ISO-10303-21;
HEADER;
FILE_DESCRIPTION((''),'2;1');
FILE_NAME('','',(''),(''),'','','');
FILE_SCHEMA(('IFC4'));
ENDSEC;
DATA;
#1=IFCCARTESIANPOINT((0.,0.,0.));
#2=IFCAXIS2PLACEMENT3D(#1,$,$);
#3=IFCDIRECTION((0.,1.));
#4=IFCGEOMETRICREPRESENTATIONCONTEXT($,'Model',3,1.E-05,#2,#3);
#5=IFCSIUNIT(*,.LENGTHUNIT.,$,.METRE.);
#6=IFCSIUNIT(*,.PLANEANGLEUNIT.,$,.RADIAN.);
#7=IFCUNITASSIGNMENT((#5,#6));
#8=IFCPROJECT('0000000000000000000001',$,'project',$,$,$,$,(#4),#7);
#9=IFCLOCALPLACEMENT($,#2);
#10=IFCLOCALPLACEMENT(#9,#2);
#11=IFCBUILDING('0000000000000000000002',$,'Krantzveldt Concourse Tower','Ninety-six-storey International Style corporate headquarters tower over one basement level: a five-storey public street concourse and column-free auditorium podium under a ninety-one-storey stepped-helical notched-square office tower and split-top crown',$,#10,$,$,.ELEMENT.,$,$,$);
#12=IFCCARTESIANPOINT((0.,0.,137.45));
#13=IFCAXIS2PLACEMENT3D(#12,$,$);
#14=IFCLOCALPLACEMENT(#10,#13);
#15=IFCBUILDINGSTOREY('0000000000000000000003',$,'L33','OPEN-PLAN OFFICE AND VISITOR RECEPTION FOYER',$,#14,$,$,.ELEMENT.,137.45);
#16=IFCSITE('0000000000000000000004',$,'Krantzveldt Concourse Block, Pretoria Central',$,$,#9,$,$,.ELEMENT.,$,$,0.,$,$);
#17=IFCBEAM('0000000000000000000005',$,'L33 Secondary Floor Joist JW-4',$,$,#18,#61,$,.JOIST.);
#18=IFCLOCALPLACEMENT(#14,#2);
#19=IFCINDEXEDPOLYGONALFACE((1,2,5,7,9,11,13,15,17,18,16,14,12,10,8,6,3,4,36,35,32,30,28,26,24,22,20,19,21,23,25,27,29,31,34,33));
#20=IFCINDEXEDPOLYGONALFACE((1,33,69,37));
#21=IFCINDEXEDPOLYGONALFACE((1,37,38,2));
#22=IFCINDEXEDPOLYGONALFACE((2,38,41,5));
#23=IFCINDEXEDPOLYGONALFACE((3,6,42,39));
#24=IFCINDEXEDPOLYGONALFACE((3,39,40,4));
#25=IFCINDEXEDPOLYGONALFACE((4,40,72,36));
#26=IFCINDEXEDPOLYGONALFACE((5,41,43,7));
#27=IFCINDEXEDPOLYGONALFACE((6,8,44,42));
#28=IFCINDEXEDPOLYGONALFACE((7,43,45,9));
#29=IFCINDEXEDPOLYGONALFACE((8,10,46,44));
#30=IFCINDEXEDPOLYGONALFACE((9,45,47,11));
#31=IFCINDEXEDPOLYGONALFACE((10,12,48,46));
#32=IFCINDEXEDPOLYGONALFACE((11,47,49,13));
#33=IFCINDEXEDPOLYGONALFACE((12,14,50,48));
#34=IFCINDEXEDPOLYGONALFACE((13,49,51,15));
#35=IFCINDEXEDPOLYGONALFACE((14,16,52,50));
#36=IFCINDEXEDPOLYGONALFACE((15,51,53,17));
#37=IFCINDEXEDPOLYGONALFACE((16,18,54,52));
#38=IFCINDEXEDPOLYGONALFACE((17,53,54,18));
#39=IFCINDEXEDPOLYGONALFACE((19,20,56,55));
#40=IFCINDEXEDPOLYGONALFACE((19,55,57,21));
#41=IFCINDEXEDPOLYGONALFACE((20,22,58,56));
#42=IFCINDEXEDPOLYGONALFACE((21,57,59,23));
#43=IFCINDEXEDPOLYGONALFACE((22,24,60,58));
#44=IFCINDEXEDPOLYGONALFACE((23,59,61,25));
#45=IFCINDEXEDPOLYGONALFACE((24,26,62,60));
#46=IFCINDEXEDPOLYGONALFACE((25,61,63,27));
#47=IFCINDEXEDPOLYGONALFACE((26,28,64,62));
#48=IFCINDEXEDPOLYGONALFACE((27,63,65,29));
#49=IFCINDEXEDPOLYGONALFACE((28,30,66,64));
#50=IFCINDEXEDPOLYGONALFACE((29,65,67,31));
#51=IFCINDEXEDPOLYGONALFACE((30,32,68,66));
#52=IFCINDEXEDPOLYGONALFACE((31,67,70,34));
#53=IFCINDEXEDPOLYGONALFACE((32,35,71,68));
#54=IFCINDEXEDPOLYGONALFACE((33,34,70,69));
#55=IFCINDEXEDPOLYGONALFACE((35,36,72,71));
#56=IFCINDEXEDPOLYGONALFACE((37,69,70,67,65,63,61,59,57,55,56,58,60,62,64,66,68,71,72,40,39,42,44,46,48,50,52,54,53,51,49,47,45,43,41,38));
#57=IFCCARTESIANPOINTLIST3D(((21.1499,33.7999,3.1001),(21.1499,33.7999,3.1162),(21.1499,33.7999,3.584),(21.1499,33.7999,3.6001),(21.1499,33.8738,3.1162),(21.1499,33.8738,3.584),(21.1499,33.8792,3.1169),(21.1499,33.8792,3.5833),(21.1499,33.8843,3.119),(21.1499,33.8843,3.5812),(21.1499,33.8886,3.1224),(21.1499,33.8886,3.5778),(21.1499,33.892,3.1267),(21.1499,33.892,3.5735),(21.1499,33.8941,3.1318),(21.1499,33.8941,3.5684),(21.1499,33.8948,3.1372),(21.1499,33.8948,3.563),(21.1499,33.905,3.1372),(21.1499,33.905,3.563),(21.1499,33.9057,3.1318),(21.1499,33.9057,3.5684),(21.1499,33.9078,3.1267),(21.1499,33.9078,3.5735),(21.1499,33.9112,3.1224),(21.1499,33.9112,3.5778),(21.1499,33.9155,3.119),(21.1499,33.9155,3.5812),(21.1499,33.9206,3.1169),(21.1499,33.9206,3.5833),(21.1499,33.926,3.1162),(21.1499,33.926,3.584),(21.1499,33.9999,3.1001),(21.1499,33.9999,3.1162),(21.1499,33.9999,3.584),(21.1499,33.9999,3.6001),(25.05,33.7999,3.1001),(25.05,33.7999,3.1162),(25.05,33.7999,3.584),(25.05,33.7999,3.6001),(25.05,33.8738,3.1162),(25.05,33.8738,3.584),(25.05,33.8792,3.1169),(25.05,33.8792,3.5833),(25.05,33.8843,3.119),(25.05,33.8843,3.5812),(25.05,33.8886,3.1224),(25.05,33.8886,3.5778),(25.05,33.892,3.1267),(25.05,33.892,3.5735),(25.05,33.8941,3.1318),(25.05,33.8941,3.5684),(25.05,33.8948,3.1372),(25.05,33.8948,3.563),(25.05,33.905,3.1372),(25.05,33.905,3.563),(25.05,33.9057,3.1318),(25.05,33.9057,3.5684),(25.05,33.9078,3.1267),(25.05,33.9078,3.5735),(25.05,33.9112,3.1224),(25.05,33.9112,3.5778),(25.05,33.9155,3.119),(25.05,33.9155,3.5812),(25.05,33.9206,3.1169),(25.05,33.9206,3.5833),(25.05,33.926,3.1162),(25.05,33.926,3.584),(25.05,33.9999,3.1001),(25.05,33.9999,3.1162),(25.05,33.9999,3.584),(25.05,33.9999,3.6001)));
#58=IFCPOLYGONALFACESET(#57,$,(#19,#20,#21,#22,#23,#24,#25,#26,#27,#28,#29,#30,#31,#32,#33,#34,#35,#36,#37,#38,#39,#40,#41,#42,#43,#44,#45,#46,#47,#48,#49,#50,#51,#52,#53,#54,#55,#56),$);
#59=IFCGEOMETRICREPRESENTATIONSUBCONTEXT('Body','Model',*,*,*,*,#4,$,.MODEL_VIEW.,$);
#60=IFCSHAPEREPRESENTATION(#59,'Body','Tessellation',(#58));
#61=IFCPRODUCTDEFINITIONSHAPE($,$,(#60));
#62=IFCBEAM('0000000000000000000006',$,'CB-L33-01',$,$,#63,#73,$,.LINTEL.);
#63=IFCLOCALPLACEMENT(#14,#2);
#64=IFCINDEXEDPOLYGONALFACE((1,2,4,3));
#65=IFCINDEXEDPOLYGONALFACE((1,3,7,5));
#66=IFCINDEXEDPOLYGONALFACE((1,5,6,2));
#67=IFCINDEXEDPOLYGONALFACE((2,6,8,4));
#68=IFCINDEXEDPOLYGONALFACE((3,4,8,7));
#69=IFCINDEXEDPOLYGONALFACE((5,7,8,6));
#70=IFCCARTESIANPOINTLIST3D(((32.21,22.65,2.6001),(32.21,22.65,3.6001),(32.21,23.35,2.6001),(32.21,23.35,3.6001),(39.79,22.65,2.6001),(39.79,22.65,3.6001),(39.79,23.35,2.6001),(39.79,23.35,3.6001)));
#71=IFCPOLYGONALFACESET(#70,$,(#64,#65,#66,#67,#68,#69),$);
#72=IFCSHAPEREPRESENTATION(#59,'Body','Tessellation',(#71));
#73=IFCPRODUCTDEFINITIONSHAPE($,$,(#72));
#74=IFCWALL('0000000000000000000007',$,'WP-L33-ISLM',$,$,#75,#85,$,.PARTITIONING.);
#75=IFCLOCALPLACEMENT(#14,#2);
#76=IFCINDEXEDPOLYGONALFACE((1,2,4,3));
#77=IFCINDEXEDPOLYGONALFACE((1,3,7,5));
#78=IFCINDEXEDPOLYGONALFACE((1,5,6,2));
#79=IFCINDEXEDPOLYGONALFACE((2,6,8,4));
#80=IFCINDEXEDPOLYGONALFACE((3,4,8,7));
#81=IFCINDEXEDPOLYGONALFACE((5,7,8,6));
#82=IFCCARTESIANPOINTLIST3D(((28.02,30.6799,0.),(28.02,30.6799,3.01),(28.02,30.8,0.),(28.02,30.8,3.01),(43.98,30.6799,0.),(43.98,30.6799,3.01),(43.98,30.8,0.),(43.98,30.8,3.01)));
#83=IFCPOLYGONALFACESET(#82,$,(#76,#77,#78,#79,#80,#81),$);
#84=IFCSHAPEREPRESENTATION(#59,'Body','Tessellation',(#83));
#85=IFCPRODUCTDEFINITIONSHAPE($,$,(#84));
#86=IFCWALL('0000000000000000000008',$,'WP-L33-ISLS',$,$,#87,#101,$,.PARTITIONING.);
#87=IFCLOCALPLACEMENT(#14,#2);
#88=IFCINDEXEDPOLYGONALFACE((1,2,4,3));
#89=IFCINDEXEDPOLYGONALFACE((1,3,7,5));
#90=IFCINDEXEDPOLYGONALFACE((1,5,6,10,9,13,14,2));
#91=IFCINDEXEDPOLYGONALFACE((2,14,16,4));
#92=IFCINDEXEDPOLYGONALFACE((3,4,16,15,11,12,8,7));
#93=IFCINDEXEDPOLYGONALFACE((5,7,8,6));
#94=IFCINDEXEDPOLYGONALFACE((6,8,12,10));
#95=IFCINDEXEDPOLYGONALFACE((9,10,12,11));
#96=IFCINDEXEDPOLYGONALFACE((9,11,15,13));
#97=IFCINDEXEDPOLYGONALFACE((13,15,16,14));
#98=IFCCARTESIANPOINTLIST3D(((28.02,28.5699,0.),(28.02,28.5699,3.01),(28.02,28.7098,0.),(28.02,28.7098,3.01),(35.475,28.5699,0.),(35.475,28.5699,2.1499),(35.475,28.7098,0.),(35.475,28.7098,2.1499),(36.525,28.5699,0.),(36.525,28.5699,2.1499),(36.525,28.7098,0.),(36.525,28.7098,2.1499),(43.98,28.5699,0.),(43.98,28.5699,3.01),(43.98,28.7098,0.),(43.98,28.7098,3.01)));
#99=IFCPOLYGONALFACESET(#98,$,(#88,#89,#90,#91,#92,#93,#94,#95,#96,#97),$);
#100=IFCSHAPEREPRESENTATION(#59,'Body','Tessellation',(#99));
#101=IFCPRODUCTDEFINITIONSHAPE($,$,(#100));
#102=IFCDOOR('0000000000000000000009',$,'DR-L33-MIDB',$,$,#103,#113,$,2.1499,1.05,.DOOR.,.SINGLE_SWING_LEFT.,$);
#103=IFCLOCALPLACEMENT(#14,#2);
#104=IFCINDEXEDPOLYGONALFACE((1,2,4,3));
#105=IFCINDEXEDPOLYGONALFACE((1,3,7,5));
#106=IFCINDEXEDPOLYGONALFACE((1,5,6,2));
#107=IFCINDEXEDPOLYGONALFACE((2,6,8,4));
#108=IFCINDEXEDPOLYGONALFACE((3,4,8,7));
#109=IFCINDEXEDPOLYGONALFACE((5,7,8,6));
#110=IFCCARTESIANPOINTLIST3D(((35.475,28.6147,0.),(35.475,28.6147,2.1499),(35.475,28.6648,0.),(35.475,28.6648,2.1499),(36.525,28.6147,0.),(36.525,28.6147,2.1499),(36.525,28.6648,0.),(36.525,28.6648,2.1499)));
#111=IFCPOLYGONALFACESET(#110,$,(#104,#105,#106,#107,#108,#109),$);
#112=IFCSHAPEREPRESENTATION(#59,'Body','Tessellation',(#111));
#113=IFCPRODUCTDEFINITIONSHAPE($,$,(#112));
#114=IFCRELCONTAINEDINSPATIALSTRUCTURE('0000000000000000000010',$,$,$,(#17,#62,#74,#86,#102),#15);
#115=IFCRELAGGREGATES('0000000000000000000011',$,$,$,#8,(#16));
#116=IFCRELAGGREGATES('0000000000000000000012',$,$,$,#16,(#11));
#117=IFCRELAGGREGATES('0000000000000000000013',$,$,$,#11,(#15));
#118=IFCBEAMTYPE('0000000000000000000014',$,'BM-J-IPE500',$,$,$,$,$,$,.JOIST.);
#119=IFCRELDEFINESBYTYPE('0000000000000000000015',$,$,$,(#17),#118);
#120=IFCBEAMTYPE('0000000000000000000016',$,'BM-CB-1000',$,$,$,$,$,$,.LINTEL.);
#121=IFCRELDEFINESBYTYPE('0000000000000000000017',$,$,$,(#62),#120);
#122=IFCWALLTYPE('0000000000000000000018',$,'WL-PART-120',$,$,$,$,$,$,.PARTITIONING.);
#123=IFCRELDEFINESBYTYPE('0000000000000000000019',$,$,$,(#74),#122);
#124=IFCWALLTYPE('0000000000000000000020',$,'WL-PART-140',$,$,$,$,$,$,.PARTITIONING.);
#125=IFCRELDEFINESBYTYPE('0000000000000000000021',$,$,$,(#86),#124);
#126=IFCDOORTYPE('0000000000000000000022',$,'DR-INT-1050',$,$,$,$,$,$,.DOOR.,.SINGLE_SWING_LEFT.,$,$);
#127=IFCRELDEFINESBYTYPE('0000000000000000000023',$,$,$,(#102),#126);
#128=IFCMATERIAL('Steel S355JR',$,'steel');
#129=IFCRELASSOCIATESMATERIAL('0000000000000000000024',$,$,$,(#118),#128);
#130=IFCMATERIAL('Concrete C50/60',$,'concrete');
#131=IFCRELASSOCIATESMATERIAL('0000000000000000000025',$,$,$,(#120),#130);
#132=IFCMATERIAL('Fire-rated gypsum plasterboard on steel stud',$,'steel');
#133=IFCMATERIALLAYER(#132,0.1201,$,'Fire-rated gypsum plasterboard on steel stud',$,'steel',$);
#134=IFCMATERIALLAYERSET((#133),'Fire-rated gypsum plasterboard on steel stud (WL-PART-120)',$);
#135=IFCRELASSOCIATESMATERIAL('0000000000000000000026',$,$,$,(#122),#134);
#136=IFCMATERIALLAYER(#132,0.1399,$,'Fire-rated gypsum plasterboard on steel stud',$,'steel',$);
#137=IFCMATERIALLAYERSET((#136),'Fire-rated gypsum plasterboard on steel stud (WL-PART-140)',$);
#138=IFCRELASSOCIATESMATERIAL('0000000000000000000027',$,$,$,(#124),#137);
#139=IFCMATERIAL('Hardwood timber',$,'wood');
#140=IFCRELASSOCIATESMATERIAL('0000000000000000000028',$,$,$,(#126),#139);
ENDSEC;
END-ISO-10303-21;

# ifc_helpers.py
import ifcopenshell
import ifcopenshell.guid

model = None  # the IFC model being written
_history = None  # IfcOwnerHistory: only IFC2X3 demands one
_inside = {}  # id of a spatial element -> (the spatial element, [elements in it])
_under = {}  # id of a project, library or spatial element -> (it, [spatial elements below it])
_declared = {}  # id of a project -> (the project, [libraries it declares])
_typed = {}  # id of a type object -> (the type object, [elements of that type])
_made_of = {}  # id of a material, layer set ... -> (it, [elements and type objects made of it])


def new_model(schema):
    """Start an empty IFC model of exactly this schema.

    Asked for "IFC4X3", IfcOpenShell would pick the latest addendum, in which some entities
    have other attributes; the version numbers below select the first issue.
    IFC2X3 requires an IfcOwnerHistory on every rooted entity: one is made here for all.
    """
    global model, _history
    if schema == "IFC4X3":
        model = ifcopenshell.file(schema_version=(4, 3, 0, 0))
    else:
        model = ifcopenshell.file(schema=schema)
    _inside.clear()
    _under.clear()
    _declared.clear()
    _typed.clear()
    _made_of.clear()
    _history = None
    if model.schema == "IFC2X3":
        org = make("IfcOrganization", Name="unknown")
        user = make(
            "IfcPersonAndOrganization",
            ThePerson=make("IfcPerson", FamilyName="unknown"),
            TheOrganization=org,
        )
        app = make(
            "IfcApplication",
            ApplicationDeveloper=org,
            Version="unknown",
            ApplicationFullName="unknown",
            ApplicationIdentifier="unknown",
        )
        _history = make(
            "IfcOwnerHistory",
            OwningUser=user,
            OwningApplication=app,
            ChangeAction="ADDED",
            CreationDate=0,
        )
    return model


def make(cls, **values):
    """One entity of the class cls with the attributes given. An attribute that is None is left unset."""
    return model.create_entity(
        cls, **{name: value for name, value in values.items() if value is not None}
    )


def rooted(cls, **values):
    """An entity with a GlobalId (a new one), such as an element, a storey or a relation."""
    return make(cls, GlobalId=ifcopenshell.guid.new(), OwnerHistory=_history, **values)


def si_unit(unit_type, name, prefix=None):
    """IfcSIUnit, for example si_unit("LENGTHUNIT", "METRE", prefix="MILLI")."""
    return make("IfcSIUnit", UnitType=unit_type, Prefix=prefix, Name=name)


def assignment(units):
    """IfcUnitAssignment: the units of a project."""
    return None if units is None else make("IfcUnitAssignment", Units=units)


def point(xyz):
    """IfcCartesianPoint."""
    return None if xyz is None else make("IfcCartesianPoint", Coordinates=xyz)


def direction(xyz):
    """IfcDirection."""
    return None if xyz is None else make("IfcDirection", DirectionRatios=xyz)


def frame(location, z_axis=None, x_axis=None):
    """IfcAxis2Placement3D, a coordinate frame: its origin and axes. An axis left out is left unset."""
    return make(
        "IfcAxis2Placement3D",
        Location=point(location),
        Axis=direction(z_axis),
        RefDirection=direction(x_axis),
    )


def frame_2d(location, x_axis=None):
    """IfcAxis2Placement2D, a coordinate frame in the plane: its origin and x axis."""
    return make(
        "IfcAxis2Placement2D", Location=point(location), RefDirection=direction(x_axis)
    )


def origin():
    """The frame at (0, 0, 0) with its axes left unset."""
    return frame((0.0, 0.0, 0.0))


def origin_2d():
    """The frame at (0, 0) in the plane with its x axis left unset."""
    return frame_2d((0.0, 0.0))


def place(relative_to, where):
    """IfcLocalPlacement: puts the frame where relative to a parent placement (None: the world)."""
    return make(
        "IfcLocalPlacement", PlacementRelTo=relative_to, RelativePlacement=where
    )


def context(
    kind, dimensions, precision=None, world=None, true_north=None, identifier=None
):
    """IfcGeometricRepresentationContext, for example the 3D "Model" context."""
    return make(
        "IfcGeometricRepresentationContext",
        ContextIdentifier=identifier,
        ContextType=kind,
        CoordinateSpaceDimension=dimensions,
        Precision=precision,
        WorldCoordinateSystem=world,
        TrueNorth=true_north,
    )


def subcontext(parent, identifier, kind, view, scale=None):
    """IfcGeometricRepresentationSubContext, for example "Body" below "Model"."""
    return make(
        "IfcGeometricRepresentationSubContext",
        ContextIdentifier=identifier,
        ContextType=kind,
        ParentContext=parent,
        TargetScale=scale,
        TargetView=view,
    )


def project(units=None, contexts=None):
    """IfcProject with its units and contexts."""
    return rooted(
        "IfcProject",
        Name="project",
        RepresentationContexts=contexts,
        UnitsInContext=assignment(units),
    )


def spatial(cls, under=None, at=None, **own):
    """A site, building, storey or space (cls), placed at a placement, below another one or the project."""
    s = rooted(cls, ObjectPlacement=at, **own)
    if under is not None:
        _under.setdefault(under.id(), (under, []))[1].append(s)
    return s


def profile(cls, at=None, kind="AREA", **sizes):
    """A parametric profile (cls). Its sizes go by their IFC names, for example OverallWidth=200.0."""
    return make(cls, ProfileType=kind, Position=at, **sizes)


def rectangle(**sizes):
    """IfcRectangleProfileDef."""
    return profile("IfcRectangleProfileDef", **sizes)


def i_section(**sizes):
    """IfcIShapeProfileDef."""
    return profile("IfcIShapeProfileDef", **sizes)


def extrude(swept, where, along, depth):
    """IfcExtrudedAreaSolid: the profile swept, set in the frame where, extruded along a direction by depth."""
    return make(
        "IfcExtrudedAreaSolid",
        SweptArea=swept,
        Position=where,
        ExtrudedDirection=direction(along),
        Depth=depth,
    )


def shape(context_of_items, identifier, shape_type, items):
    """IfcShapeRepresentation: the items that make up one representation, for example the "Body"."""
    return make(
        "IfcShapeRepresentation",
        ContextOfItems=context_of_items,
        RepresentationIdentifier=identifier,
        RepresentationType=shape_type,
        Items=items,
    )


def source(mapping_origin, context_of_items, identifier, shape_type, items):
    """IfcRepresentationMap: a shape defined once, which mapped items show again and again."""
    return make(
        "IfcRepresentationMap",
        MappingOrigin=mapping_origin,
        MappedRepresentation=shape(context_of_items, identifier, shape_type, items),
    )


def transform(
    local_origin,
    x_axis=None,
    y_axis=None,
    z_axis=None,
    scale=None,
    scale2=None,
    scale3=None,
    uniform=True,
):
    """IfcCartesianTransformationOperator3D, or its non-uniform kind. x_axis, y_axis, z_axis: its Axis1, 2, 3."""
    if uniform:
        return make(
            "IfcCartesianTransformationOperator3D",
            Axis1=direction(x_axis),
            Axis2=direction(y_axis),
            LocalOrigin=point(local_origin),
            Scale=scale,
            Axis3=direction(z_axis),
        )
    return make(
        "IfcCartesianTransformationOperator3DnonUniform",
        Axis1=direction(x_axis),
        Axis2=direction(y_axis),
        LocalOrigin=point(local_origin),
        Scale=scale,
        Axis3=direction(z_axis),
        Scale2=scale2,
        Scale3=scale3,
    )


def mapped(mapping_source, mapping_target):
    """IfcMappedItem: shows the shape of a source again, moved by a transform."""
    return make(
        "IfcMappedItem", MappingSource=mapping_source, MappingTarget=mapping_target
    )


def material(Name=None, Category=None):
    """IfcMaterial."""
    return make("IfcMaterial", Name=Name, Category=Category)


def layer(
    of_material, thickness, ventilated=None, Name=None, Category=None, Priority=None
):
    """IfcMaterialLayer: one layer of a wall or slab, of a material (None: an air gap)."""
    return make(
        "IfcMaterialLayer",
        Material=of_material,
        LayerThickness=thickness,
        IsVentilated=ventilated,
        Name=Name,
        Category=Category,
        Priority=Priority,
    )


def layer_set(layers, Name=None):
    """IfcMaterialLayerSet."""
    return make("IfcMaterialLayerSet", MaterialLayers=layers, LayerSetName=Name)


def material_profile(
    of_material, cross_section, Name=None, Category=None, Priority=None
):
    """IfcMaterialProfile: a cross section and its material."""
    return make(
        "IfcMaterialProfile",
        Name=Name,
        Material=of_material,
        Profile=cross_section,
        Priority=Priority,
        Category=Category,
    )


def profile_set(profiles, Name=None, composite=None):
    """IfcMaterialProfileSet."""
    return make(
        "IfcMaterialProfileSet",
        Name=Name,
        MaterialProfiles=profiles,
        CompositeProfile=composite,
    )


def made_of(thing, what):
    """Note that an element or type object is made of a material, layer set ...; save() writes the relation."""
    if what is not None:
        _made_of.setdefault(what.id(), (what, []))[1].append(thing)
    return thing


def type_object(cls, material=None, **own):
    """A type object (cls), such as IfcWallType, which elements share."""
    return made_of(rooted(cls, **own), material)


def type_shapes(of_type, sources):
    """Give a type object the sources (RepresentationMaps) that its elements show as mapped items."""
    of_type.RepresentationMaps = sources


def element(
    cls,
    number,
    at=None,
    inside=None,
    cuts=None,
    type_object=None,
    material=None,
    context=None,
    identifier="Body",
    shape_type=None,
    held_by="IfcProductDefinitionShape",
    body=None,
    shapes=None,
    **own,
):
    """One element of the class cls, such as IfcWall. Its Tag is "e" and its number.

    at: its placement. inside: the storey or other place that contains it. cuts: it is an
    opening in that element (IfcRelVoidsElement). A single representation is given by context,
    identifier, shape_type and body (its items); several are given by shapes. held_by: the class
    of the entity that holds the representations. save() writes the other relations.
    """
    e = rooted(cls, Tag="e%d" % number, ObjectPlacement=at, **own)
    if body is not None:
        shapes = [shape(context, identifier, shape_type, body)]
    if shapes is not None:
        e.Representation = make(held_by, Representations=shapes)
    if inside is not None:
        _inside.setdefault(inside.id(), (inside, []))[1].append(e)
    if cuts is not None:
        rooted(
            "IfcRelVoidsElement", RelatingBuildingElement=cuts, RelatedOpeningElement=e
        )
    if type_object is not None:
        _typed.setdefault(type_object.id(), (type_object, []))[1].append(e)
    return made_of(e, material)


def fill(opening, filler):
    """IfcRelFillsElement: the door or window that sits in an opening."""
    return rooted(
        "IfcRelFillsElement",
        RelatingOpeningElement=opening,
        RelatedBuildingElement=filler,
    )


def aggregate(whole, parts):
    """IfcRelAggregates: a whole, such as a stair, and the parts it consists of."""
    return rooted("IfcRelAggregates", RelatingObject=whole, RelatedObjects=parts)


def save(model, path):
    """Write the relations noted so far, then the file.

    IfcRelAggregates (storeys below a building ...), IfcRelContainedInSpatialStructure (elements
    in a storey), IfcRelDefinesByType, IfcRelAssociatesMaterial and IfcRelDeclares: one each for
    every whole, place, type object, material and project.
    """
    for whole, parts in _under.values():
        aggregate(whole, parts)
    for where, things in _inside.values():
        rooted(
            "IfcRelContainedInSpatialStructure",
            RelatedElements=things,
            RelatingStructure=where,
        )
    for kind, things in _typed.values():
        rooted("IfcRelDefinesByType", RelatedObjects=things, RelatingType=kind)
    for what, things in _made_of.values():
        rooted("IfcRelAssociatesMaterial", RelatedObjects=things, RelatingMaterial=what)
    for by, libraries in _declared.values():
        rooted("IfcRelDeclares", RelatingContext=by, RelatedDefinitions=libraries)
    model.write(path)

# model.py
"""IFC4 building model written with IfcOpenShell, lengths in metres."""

from ifc_helpers import new_model, si_unit, direction, frame, frame_2d, origin, origin_2d, place, context, subcontext, project, spatial, rectangle, i_section, extrude, source, transform, mapped, material, layer, layer_set, material_profile, profile_set, type_object, type_shapes, element, fill, save


model = new_model("IFC4")

# Units and contexts
model_context = context("Model", 3, precision=1e-05, world=origin(), true_north=direction((0.0, 1.0)))
body_context = subcontext(model_context, "Body", "Model", "MODEL_VIEW")
ifc_project = project(units=[si_unit("LENGTHUNIT", "METRE"), si_unit("PLANEANGLEUNIT", "RADIAN")], contexts=[model_context])

# Site, building, storey
site_placement = place(None, origin())
site = spatial("IfcSite", under=ifc_project, at=site_placement, Name="Krantzveldt Concourse Block, Pretoria Central", CompositionType="ELEMENT", RefElevation=0.0)
building_placement = place(site_placement, origin())
building = spatial("IfcBuilding", under=site, at=building_placement, Name="Krantzveldt Concourse Tower", Description="Ninety-six-storey International Style corporate headquarters tower over one basement level: a five-storey public street concourse and column-free auditorium podium under a ninety-one-storey stepped-helical notched-square office tower and split-top crown", CompositionType="ELEMENT")
storey_placement = place(building_placement, frame((0.0, 0.0, 137.45)))
storey = spatial("IfcBuildingStorey", under=building, at=storey_placement, Name="L33", Description="OPEN-PLAN OFFICE AND VISITOR RECEPTION FOYER", CompositionType="ELEMENT", Elevation=137.45)

# Beams
ifc_material_1 = material(Name="Steel S355JR", Category="steel")
ifc_material_profile_1 = material_profile(ifc_material_1, i_section(OverallWidth=0.2, OverallDepth=0.5, WebThickness=0.0103, FlangeThickness=0.0161, FilletRadius=0.021, at=origin_2d()), Name="Steel S355JR", Category="steel")
ifc_profile_set_1 = profile_set([ifc_material_profile_1], Name="Steel S355JR - IPE 500")
beam_type_1 = type_object("IfcBeamType", Name="BM-J-IPE500", PredefinedType="JOIST", material=ifc_profile_set_1)
shared_shape_1 = source(origin(), body_context, "Body", "SweptSolid", [
    extrude(i_section(OverallWidth=0.2, OverallDepth=0.5, WebThickness=0.0103, FlangeThickness=0.0161, FilletRadius=0.021, at=origin_2d()), origin(), (0.0, 0.0, 1.0), 3.9001),
])
for number, where, z_axis, x_axis, name in (
    (1, (21.1499, 33.8999, 3.3501), (1.0, 0.0, 0.0), (0.0, 1.0, 0.0), "L33 Secondary Floor Joist JW-4"),
):
    element("IfcBeam", number, at=place(storey_placement, frame(where, z_axis=z_axis, x_axis=x_axis)), inside=storey, type_object=beam_type_1, Name=name, PredefinedType="JOIST", context=body_context, shape_type="MappedRepresentation", body=[
        mapped(shared_shape_1, transform((0.0, 0.0, 0.0), x_axis=(1.0, 0.0, 0.0), y_axis=(0.0, 1.0, 0.0), z_axis=(0.0, 0.0, 1.0), scale=1.0)),
    ])
ifc_material_2 = material(Name="Concrete C50/60", Category="concrete")
ifc_material_profile_2 = material_profile(ifc_material_2, rectangle(XDim=0.7, YDim=1.0, at=origin_2d()), Name="Concrete C50/60", Category="concrete")
ifc_profile_set_2 = profile_set([ifc_material_profile_2], Name="Concrete C50/60 - RC-CB 700x1000")
beam_type_2 = type_object("IfcBeamType", Name="BM-CB-1000", PredefinedType="LINTEL", material=ifc_profile_set_2)
shared_shape_2 = source(origin(), body_context, "Body", "SweptSolid", [
    extrude(rectangle(XDim=0.7, YDim=1.0, at=origin_2d()), origin(), (0.0, 0.0, 1.0), 7.5801),
])
type_shapes(beam_type_2, [shared_shape_2])
beam_1_placement = place(storey_placement, frame((32.21, 23.0, 3.1001), z_axis=(1.0, 0.0, 0.0), x_axis=(0.0, 1.0, 0.0)))
element("IfcBeam", 2, at=beam_1_placement, inside=storey, type_object=beam_type_2, Name="CB-L33-01", PredefinedType="LINTEL", context=body_context, shape_type="MappedRepresentation", body=[
    mapped(shared_shape_2, transform((0.0, 0.0, 0.0), x_axis=(1.0, 0.0, 0.0), y_axis=(0.0, 1.0, 0.0), z_axis=(0.0, 0.0, 1.0), scale=1.0)),
])

# Wall
ifc_material_3 = material(Name="Fire-rated gypsum plasterboard on steel stud", Category="steel")
ifc_layer_1 = layer(ifc_material_3, 0.1201, Name="Fire-rated gypsum plasterboard on steel stud", Category="steel")
ifc_layer_set_1 = layer_set([ifc_layer_1], Name="Fire-rated gypsum plasterboard on steel stud (WL-PART-120)")
wall_type_1 = type_object("IfcWallType", Name="WL-PART-120", PredefinedType="PARTITIONING", material=ifc_layer_set_1)
wall_1_placement = place(storey_placement, frame((28.02, 30.74, 0.0), z_axis=(0.0, 0.0, 1.0), x_axis=(1.0, 0.0, 0.0)))
element("IfcWall", 3, at=wall_1_placement, inside=storey, type_object=wall_type_1, Name="WP-L33-ISLM", PredefinedType="PARTITIONING", context=body_context, shape_type="SweptSolid", body=[
    extrude(rectangle(XDim=15.96, YDim=0.1201, at=frame_2d((7.98, 0.0))), origin(), (0.0, 0.0, 1.0), 3.01),
])

# Wall, opening, door
ifc_layer_2 = layer(ifc_material_3, 0.1399, Name="Fire-rated gypsum plasterboard on steel stud", Category="steel")
ifc_layer_set_2 = layer_set([ifc_layer_2], Name="Fire-rated gypsum plasterboard on steel stud (WL-PART-140)")
wall_type_2 = type_object("IfcWallType", Name="WL-PART-140", PredefinedType="PARTITIONING", material=ifc_layer_set_2)
wall_2_placement = place(storey_placement, frame((28.02, 28.6399, 0.0), z_axis=(0.0, 0.0, 1.0), x_axis=(1.0, 0.0, 0.0)))
wall_2 = element("IfcWall", 4, at=wall_2_placement, inside=storey, type_object=wall_type_2, Name="WP-L33-ISLS", PredefinedType="PARTITIONING", context=body_context, shape_type="SweptSolid", body=[
    extrude(rectangle(XDim=15.96, YDim=0.1399, at=frame_2d((7.98, 0.0))), origin(), (0.0, 0.0, 1.0), 3.01),
])
opening_1_placement = place(wall_2_placement, frame((7.4551, 0.0, 0.0)))
opening_1 = element("IfcOpeningElement", 5, at=opening_1_placement, cuts=wall_2, PredefinedType="OPENING", context=body_context, shape_type="SweptSolid", body=[
    extrude(rectangle(XDim=1.05, YDim=2.1499, at=frame_2d((0.5249, 1.075))), frame((0.0, 0.0801, 0.0), z_axis=(0.0, -1.0, 0.0), x_axis=(1.0, 0.0, 0.0)), (0.0, 0.0, 1.0), 0.1599),
])
ifc_material_4 = material(Name="Hardwood timber", Category="wood")
door_type_1 = type_object("IfcDoorType", Name="DR-INT-1050", OperationType="SINGLE_SWING_LEFT", PredefinedType="DOOR", material=ifc_material_4)
door_1_placement = place(opening_1_placement, origin())
door_1 = element("IfcDoor", 6, at=door_1_placement, inside=storey, type_object=door_type_1, Name="DR-L33-MIDB", OperationType="SINGLE_SWING_LEFT", OverallHeight=2.1499, OverallWidth=1.05, PredefinedType="DOOR", context=body_context, shape_type="SweptSolid", body=[
    extrude(rectangle(XDim=1.05, YDim=2.1499, at=frame_2d((0.5249, 1.075))), frame((0.0, 0.0249, 0.0), z_axis=(0.0, -1.0, 0.0), x_axis=(1.0, 0.0, 0.0)), (0.0, 0.0, 1.0), 0.05),
])
fill(opening_1, door_1)

save(model, "model.ifc")
